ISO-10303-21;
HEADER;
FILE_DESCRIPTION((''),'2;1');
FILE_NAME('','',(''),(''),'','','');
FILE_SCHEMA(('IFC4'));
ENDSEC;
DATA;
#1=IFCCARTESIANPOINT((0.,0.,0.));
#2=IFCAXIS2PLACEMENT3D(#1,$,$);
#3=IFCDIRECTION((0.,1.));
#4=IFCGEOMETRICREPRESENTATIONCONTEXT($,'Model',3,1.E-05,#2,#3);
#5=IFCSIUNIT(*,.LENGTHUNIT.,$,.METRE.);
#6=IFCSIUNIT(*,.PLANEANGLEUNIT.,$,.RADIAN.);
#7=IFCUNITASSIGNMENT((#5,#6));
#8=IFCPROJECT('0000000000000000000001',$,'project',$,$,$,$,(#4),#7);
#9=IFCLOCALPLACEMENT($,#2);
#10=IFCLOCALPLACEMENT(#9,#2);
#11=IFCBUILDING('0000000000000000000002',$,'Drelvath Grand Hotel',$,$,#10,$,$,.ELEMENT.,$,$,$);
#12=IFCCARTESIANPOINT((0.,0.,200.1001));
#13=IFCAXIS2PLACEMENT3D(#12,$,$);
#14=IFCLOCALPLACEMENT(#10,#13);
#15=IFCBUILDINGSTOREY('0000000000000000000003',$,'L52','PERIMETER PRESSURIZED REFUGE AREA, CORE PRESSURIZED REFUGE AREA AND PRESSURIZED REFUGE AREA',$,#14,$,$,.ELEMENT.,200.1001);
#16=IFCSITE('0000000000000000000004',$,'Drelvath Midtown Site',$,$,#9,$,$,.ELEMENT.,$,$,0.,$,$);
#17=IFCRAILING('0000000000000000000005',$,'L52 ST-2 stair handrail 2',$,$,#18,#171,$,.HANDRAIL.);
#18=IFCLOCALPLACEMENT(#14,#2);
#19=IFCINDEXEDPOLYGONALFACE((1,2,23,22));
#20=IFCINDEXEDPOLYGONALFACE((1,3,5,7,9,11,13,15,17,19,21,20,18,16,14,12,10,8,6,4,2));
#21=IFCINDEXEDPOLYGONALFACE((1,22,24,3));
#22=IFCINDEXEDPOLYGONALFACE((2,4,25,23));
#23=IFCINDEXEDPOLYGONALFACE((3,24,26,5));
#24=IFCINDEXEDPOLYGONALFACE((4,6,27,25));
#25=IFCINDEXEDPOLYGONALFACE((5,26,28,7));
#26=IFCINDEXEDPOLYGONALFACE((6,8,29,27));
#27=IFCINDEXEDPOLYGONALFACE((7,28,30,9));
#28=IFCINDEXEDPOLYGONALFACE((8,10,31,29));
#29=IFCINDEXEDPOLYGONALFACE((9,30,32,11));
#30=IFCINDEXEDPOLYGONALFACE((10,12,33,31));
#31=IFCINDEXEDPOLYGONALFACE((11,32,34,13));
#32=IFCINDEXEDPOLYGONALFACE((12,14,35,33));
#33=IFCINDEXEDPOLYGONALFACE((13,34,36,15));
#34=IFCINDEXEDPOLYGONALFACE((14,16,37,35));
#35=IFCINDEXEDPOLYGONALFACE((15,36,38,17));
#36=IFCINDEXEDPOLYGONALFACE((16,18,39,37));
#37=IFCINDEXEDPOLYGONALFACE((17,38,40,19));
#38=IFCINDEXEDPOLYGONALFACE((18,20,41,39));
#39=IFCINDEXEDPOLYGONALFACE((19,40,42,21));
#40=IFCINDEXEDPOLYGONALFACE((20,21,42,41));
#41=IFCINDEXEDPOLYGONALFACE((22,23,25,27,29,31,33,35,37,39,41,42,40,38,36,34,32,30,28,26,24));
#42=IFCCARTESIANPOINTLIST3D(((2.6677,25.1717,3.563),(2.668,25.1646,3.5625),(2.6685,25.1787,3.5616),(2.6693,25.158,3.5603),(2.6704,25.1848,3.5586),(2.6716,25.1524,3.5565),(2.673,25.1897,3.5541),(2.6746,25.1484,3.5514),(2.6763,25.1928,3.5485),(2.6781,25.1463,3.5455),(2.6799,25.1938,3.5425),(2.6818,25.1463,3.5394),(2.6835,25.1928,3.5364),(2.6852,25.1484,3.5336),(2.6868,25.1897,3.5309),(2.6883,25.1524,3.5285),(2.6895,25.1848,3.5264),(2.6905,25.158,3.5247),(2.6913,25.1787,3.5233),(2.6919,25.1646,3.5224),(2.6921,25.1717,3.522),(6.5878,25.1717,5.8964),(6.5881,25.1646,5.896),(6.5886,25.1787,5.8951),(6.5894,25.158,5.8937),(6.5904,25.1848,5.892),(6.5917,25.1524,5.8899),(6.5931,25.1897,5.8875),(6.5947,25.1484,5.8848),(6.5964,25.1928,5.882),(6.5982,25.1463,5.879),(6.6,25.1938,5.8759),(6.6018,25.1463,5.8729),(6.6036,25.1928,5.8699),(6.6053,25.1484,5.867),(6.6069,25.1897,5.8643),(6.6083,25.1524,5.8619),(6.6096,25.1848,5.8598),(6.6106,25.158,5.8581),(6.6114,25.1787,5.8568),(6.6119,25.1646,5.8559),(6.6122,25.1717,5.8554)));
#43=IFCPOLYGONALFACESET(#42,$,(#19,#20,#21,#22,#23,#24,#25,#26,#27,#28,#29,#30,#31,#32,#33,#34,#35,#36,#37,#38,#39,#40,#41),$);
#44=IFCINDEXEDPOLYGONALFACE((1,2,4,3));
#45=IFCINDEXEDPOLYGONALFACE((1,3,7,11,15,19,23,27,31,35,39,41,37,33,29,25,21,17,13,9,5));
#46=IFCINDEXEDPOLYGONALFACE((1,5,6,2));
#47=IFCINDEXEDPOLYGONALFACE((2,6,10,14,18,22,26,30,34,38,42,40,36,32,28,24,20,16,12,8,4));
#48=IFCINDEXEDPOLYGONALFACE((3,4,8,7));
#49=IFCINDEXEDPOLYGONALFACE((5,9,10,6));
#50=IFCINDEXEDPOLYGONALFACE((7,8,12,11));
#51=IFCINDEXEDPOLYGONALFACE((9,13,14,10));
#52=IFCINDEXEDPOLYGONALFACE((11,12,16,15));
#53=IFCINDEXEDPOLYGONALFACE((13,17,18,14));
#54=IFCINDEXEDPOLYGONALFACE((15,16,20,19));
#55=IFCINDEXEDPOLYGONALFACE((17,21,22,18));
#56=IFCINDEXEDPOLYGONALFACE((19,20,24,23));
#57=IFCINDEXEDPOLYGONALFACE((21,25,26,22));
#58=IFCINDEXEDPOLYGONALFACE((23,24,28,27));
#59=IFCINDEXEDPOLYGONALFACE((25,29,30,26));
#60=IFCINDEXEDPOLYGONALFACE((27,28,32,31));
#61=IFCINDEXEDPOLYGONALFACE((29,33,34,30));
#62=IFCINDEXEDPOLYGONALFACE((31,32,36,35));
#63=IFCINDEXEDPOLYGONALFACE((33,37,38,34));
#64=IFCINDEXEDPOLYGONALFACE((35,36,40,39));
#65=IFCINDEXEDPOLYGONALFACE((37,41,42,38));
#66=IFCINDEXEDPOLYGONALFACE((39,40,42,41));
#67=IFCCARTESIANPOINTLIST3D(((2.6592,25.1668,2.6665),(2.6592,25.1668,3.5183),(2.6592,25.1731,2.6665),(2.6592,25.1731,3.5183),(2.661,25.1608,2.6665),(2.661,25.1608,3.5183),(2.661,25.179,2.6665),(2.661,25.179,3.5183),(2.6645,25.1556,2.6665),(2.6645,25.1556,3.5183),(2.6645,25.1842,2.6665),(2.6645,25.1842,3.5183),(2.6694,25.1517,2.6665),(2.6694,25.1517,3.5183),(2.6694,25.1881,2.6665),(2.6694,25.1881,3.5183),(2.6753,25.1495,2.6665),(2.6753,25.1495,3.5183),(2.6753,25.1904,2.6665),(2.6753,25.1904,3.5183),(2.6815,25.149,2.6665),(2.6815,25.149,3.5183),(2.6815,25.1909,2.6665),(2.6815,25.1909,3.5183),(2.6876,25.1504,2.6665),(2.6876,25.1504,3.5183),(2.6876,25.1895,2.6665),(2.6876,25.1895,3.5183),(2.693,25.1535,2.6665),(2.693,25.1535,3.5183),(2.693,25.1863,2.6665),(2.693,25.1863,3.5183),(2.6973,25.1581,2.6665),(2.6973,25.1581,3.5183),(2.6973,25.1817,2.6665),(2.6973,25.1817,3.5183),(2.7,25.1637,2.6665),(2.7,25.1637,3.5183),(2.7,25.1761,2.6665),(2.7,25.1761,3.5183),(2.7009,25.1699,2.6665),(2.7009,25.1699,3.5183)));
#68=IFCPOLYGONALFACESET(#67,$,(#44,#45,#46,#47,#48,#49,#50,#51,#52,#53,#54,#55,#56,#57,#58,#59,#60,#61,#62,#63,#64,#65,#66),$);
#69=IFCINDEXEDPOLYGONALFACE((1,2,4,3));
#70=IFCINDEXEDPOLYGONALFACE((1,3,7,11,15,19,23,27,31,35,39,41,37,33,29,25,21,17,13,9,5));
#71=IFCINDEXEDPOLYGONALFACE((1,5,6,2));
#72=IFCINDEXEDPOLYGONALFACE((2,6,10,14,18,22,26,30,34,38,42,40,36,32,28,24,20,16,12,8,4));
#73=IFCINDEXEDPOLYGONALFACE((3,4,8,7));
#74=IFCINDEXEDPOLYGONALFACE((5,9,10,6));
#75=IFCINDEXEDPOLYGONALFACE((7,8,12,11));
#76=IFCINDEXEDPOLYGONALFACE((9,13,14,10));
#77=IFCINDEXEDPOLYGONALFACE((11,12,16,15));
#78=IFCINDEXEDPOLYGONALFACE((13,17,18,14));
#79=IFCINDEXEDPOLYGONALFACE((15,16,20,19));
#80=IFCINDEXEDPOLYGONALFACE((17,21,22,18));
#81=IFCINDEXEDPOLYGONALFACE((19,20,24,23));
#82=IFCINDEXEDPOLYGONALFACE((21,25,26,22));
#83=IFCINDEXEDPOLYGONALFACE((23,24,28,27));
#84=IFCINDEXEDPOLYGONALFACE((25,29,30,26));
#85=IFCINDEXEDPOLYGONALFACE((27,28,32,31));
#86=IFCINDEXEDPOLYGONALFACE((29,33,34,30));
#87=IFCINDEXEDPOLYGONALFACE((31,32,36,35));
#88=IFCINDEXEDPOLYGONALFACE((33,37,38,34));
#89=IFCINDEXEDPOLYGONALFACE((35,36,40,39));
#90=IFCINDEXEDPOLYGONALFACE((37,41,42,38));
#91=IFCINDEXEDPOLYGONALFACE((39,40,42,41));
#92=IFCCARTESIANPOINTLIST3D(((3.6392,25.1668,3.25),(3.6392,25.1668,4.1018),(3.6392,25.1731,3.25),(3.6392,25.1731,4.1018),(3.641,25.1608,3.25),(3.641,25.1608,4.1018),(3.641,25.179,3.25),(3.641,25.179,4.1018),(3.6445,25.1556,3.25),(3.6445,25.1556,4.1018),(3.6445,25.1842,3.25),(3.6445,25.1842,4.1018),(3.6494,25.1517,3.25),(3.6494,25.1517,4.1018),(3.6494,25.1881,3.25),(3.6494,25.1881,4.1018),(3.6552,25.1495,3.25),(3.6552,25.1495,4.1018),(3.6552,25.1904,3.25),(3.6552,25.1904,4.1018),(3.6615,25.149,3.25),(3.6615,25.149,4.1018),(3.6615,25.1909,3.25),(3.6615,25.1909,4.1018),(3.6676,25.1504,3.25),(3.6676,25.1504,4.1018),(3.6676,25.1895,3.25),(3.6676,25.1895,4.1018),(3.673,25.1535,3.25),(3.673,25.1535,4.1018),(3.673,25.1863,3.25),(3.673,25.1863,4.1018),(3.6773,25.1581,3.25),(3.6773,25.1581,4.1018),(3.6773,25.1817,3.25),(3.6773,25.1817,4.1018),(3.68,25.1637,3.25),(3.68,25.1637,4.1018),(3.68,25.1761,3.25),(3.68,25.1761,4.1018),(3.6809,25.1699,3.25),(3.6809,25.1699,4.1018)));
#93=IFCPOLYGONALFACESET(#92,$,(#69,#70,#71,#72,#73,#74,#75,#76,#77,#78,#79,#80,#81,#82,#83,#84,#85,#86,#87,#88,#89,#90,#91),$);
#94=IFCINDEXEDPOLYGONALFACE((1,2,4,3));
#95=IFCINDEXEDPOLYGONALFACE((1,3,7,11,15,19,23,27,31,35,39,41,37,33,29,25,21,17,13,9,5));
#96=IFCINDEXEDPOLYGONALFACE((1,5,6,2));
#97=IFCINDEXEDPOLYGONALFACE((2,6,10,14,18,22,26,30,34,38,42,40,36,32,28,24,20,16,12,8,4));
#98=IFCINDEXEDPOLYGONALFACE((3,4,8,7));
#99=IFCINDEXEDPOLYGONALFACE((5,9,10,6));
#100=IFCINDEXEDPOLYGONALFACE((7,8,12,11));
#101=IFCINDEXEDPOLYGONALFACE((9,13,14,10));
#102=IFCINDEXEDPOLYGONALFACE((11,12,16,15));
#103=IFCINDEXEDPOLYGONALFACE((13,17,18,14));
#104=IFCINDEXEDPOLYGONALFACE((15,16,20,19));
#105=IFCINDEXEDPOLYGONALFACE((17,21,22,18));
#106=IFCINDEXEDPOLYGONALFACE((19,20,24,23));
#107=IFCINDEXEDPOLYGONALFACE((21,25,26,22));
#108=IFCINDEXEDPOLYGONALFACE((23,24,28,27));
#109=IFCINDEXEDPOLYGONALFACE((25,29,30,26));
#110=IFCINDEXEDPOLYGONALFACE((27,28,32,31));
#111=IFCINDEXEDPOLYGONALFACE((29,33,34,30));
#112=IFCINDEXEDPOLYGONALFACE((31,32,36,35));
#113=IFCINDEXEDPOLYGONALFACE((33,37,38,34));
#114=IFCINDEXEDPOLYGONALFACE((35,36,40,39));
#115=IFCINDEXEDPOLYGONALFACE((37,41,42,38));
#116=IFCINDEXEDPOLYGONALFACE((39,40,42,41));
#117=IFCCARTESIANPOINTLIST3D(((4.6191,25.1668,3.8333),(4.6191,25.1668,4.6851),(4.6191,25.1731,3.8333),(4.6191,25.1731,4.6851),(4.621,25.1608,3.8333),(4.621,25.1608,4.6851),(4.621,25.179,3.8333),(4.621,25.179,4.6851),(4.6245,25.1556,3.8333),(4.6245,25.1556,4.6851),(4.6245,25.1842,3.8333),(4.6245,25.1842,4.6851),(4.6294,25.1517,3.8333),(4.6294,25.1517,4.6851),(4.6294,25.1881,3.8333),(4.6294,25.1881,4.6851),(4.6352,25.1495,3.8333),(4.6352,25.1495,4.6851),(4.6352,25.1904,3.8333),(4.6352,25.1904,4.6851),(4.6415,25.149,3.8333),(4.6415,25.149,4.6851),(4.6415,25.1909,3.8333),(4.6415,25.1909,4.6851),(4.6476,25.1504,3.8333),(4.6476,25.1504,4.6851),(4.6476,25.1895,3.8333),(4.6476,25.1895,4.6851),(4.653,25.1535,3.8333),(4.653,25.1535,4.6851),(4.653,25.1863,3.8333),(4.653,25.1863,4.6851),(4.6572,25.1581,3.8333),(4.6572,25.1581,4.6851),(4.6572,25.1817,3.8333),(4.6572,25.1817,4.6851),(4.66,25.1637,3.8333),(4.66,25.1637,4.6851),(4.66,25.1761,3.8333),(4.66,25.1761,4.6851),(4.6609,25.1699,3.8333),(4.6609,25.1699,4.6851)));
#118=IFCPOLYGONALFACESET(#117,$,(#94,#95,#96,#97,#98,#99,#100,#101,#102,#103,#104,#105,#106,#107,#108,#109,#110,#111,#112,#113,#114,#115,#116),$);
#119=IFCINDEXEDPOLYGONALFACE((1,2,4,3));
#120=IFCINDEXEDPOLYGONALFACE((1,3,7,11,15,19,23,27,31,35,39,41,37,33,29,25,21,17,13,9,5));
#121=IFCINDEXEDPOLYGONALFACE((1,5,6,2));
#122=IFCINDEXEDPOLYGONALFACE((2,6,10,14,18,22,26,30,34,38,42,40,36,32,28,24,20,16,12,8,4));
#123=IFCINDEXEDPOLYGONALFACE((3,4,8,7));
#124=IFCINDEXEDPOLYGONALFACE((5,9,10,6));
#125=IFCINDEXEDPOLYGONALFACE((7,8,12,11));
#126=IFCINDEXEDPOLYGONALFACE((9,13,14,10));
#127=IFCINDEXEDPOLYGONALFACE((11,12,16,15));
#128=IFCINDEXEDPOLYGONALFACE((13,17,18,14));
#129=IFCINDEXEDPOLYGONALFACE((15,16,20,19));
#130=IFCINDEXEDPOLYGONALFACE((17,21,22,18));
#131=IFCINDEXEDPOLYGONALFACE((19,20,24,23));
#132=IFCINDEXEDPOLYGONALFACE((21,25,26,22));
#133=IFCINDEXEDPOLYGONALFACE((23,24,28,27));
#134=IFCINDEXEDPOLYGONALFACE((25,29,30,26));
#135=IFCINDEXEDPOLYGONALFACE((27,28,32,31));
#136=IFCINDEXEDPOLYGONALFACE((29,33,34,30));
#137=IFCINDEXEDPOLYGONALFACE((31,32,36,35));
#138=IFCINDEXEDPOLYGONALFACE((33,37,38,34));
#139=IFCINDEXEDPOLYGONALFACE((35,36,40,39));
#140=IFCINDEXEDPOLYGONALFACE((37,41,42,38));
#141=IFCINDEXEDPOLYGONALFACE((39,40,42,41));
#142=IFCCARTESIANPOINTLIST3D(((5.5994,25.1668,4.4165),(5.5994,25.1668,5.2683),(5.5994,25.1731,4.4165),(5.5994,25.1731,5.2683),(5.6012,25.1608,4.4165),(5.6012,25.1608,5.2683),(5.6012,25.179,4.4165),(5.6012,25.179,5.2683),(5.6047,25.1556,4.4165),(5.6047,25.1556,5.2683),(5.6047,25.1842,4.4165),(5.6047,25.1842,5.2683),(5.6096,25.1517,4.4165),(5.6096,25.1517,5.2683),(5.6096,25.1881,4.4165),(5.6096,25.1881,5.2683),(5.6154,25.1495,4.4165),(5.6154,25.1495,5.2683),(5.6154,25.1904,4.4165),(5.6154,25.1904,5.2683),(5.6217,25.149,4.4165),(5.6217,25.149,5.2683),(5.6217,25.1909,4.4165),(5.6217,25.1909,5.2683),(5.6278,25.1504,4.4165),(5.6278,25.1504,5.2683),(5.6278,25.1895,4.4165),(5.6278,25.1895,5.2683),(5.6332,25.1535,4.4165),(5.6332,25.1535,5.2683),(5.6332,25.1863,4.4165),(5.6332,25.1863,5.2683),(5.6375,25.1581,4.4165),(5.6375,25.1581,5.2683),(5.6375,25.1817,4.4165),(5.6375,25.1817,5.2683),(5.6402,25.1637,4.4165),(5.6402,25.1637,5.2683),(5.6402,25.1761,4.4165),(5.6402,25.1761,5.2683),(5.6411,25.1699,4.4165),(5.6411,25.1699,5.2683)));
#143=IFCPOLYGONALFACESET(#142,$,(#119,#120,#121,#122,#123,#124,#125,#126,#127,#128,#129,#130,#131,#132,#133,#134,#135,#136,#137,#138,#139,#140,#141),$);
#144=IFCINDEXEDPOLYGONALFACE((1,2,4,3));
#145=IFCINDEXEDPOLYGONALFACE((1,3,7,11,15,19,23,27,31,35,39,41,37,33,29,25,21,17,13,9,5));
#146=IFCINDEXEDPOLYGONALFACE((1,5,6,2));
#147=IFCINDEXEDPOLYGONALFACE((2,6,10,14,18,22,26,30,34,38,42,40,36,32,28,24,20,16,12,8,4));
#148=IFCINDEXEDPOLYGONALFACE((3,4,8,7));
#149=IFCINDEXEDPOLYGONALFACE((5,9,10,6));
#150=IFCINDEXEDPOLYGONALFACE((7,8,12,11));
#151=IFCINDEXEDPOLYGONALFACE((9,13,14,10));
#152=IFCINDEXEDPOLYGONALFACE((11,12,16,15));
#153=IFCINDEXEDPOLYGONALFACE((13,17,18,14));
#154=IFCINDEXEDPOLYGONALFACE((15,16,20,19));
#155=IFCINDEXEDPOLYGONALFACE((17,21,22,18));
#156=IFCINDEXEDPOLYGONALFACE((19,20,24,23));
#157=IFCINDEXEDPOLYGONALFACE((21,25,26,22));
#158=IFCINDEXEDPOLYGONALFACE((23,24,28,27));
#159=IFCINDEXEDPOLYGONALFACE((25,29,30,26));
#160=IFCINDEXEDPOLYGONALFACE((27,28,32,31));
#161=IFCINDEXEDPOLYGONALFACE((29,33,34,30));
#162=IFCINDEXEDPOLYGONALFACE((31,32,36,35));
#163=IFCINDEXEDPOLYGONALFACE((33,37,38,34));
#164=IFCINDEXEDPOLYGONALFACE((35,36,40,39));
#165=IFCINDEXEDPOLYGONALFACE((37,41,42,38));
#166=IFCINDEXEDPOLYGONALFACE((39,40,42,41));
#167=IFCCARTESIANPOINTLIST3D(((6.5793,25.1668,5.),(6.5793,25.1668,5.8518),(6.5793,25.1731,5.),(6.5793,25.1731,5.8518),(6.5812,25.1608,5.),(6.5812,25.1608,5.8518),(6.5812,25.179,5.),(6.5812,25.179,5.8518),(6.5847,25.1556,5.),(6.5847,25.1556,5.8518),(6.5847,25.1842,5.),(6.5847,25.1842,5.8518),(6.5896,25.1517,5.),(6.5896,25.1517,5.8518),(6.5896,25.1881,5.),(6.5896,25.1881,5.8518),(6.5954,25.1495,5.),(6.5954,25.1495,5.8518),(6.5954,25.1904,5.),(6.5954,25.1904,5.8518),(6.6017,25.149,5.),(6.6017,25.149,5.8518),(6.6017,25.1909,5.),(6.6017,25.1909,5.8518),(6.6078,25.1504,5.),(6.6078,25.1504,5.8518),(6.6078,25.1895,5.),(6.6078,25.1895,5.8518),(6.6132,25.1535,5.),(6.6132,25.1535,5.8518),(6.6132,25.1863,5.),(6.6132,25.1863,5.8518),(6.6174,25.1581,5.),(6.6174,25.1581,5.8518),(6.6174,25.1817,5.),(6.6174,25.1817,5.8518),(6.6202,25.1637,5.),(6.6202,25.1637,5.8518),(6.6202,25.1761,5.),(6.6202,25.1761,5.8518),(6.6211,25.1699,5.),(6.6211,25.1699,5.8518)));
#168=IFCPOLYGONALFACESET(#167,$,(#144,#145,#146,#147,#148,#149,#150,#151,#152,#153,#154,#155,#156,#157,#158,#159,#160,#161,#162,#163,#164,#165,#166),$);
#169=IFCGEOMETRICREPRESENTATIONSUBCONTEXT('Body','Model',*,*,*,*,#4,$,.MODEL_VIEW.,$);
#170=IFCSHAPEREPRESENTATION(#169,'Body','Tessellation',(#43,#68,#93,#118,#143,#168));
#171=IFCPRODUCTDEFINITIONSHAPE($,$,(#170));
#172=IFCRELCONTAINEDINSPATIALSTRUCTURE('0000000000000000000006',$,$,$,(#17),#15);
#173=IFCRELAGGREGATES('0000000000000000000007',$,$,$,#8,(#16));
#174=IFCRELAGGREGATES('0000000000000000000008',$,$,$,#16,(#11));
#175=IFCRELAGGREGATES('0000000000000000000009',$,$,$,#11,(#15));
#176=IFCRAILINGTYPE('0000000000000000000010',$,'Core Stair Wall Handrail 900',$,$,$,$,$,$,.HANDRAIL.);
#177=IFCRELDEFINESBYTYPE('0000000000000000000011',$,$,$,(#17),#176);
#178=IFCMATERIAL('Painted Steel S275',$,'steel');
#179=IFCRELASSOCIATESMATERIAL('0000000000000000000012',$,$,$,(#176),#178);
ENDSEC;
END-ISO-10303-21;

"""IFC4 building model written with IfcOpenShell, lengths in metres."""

from ifc_helpers import new_model, si_unit, direction, frame, origin, origin_2d, place, context, subcontext, project, spatial, circle, extrude, material, type_object, element, save


model = new_model("IFC4")

# Units and contexts
model_context = context("Model", 3, precision=1e-05, world=origin(), true_north=direction((0.0, 1.0)))
body_context = subcontext(model_context, "Body", "Model", "MODEL_VIEW")
ifc_project = project(units=[si_unit("LENGTHUNIT", "METRE"), si_unit("PLANEANGLEUNIT", "RADIAN")], contexts=[model_context])

# Site, building, storey
site_placement = place(None, origin())
site = spatial("IfcSite", under=ifc_project, at=site_placement, Name="Drelvath Midtown Site", CompositionType="ELEMENT", RefElevation=0.0)
building_placement = place(site_placement, origin())
building = spatial("IfcBuilding", under=site, at=building_placement, Name="Drelvath Grand Hotel", CompositionType="ELEMENT")
storey_placement = place(building_placement, frame((0.0, 0.0, 200.1001)))
storey = spatial("IfcBuildingStorey", under=building, at=storey_placement, Name="L52", Description="PERIMETER PRESSURIZED REFUGE AREA, CORE PRESSURIZED REFUGE AREA AND PRESSURIZED REFUGE AREA", CompositionType="ELEMENT", Elevation=200.1001)

# Railing
ifc_material_1 = material(Name="Painted Steel S275", Category="steel")
railing_type_1 = type_object("IfcRailingType", Name="Core Stair Wall Handrail 900", PredefinedType="HANDRAIL", material=ifc_material_1)
railing_1_placement = place(storey_placement, frame((2.6799, 25.1699, 2.6665)))
element("IfcRailing", 1, at=railing_1_placement, inside=storey, type_object=railing_type_1, Name="L52 ST-2 stair handrail 2", PredefinedType="HANDRAIL", context=body_context, shape_type="SweptSolid", body=[
    extrude(circle(Radius=0.0239, at=origin_2d()), frame((0.0, 0.0, 0.876), z_axis=(0.859287, 0.0, 0.511494), x_axis=(0.0, 1.0, 0.0)), (0.0, 0.0, 1.0), 4.562),
    extrude(circle(Radius=0.021, at=origin_2d()), origin(), (0.0, 0.0, 1.0), 0.8518),
    extrude(circle(Radius=0.021, at=origin_2d()), frame((0.98, 0.0, 0.5835)), (0.0, 0.0, 1.0), 0.8518),
    extrude(circle(Radius=0.021, at=origin_2d()), frame((1.96, 0.0, 1.1667)), (0.0, 0.0, 1.0), 0.8518),
    extrude(circle(Radius=0.021, at=origin_2d()), frame((2.9402, 0.0, 1.75)), (0.0, 0.0, 1.0), 0.8518),
    extrude(circle(Radius=0.021, at=origin_2d()), frame((3.9202, 0.0, 2.3335)), (0.0, 0.0, 1.0), 0.8518),
])

save(model, "model.ifc")
